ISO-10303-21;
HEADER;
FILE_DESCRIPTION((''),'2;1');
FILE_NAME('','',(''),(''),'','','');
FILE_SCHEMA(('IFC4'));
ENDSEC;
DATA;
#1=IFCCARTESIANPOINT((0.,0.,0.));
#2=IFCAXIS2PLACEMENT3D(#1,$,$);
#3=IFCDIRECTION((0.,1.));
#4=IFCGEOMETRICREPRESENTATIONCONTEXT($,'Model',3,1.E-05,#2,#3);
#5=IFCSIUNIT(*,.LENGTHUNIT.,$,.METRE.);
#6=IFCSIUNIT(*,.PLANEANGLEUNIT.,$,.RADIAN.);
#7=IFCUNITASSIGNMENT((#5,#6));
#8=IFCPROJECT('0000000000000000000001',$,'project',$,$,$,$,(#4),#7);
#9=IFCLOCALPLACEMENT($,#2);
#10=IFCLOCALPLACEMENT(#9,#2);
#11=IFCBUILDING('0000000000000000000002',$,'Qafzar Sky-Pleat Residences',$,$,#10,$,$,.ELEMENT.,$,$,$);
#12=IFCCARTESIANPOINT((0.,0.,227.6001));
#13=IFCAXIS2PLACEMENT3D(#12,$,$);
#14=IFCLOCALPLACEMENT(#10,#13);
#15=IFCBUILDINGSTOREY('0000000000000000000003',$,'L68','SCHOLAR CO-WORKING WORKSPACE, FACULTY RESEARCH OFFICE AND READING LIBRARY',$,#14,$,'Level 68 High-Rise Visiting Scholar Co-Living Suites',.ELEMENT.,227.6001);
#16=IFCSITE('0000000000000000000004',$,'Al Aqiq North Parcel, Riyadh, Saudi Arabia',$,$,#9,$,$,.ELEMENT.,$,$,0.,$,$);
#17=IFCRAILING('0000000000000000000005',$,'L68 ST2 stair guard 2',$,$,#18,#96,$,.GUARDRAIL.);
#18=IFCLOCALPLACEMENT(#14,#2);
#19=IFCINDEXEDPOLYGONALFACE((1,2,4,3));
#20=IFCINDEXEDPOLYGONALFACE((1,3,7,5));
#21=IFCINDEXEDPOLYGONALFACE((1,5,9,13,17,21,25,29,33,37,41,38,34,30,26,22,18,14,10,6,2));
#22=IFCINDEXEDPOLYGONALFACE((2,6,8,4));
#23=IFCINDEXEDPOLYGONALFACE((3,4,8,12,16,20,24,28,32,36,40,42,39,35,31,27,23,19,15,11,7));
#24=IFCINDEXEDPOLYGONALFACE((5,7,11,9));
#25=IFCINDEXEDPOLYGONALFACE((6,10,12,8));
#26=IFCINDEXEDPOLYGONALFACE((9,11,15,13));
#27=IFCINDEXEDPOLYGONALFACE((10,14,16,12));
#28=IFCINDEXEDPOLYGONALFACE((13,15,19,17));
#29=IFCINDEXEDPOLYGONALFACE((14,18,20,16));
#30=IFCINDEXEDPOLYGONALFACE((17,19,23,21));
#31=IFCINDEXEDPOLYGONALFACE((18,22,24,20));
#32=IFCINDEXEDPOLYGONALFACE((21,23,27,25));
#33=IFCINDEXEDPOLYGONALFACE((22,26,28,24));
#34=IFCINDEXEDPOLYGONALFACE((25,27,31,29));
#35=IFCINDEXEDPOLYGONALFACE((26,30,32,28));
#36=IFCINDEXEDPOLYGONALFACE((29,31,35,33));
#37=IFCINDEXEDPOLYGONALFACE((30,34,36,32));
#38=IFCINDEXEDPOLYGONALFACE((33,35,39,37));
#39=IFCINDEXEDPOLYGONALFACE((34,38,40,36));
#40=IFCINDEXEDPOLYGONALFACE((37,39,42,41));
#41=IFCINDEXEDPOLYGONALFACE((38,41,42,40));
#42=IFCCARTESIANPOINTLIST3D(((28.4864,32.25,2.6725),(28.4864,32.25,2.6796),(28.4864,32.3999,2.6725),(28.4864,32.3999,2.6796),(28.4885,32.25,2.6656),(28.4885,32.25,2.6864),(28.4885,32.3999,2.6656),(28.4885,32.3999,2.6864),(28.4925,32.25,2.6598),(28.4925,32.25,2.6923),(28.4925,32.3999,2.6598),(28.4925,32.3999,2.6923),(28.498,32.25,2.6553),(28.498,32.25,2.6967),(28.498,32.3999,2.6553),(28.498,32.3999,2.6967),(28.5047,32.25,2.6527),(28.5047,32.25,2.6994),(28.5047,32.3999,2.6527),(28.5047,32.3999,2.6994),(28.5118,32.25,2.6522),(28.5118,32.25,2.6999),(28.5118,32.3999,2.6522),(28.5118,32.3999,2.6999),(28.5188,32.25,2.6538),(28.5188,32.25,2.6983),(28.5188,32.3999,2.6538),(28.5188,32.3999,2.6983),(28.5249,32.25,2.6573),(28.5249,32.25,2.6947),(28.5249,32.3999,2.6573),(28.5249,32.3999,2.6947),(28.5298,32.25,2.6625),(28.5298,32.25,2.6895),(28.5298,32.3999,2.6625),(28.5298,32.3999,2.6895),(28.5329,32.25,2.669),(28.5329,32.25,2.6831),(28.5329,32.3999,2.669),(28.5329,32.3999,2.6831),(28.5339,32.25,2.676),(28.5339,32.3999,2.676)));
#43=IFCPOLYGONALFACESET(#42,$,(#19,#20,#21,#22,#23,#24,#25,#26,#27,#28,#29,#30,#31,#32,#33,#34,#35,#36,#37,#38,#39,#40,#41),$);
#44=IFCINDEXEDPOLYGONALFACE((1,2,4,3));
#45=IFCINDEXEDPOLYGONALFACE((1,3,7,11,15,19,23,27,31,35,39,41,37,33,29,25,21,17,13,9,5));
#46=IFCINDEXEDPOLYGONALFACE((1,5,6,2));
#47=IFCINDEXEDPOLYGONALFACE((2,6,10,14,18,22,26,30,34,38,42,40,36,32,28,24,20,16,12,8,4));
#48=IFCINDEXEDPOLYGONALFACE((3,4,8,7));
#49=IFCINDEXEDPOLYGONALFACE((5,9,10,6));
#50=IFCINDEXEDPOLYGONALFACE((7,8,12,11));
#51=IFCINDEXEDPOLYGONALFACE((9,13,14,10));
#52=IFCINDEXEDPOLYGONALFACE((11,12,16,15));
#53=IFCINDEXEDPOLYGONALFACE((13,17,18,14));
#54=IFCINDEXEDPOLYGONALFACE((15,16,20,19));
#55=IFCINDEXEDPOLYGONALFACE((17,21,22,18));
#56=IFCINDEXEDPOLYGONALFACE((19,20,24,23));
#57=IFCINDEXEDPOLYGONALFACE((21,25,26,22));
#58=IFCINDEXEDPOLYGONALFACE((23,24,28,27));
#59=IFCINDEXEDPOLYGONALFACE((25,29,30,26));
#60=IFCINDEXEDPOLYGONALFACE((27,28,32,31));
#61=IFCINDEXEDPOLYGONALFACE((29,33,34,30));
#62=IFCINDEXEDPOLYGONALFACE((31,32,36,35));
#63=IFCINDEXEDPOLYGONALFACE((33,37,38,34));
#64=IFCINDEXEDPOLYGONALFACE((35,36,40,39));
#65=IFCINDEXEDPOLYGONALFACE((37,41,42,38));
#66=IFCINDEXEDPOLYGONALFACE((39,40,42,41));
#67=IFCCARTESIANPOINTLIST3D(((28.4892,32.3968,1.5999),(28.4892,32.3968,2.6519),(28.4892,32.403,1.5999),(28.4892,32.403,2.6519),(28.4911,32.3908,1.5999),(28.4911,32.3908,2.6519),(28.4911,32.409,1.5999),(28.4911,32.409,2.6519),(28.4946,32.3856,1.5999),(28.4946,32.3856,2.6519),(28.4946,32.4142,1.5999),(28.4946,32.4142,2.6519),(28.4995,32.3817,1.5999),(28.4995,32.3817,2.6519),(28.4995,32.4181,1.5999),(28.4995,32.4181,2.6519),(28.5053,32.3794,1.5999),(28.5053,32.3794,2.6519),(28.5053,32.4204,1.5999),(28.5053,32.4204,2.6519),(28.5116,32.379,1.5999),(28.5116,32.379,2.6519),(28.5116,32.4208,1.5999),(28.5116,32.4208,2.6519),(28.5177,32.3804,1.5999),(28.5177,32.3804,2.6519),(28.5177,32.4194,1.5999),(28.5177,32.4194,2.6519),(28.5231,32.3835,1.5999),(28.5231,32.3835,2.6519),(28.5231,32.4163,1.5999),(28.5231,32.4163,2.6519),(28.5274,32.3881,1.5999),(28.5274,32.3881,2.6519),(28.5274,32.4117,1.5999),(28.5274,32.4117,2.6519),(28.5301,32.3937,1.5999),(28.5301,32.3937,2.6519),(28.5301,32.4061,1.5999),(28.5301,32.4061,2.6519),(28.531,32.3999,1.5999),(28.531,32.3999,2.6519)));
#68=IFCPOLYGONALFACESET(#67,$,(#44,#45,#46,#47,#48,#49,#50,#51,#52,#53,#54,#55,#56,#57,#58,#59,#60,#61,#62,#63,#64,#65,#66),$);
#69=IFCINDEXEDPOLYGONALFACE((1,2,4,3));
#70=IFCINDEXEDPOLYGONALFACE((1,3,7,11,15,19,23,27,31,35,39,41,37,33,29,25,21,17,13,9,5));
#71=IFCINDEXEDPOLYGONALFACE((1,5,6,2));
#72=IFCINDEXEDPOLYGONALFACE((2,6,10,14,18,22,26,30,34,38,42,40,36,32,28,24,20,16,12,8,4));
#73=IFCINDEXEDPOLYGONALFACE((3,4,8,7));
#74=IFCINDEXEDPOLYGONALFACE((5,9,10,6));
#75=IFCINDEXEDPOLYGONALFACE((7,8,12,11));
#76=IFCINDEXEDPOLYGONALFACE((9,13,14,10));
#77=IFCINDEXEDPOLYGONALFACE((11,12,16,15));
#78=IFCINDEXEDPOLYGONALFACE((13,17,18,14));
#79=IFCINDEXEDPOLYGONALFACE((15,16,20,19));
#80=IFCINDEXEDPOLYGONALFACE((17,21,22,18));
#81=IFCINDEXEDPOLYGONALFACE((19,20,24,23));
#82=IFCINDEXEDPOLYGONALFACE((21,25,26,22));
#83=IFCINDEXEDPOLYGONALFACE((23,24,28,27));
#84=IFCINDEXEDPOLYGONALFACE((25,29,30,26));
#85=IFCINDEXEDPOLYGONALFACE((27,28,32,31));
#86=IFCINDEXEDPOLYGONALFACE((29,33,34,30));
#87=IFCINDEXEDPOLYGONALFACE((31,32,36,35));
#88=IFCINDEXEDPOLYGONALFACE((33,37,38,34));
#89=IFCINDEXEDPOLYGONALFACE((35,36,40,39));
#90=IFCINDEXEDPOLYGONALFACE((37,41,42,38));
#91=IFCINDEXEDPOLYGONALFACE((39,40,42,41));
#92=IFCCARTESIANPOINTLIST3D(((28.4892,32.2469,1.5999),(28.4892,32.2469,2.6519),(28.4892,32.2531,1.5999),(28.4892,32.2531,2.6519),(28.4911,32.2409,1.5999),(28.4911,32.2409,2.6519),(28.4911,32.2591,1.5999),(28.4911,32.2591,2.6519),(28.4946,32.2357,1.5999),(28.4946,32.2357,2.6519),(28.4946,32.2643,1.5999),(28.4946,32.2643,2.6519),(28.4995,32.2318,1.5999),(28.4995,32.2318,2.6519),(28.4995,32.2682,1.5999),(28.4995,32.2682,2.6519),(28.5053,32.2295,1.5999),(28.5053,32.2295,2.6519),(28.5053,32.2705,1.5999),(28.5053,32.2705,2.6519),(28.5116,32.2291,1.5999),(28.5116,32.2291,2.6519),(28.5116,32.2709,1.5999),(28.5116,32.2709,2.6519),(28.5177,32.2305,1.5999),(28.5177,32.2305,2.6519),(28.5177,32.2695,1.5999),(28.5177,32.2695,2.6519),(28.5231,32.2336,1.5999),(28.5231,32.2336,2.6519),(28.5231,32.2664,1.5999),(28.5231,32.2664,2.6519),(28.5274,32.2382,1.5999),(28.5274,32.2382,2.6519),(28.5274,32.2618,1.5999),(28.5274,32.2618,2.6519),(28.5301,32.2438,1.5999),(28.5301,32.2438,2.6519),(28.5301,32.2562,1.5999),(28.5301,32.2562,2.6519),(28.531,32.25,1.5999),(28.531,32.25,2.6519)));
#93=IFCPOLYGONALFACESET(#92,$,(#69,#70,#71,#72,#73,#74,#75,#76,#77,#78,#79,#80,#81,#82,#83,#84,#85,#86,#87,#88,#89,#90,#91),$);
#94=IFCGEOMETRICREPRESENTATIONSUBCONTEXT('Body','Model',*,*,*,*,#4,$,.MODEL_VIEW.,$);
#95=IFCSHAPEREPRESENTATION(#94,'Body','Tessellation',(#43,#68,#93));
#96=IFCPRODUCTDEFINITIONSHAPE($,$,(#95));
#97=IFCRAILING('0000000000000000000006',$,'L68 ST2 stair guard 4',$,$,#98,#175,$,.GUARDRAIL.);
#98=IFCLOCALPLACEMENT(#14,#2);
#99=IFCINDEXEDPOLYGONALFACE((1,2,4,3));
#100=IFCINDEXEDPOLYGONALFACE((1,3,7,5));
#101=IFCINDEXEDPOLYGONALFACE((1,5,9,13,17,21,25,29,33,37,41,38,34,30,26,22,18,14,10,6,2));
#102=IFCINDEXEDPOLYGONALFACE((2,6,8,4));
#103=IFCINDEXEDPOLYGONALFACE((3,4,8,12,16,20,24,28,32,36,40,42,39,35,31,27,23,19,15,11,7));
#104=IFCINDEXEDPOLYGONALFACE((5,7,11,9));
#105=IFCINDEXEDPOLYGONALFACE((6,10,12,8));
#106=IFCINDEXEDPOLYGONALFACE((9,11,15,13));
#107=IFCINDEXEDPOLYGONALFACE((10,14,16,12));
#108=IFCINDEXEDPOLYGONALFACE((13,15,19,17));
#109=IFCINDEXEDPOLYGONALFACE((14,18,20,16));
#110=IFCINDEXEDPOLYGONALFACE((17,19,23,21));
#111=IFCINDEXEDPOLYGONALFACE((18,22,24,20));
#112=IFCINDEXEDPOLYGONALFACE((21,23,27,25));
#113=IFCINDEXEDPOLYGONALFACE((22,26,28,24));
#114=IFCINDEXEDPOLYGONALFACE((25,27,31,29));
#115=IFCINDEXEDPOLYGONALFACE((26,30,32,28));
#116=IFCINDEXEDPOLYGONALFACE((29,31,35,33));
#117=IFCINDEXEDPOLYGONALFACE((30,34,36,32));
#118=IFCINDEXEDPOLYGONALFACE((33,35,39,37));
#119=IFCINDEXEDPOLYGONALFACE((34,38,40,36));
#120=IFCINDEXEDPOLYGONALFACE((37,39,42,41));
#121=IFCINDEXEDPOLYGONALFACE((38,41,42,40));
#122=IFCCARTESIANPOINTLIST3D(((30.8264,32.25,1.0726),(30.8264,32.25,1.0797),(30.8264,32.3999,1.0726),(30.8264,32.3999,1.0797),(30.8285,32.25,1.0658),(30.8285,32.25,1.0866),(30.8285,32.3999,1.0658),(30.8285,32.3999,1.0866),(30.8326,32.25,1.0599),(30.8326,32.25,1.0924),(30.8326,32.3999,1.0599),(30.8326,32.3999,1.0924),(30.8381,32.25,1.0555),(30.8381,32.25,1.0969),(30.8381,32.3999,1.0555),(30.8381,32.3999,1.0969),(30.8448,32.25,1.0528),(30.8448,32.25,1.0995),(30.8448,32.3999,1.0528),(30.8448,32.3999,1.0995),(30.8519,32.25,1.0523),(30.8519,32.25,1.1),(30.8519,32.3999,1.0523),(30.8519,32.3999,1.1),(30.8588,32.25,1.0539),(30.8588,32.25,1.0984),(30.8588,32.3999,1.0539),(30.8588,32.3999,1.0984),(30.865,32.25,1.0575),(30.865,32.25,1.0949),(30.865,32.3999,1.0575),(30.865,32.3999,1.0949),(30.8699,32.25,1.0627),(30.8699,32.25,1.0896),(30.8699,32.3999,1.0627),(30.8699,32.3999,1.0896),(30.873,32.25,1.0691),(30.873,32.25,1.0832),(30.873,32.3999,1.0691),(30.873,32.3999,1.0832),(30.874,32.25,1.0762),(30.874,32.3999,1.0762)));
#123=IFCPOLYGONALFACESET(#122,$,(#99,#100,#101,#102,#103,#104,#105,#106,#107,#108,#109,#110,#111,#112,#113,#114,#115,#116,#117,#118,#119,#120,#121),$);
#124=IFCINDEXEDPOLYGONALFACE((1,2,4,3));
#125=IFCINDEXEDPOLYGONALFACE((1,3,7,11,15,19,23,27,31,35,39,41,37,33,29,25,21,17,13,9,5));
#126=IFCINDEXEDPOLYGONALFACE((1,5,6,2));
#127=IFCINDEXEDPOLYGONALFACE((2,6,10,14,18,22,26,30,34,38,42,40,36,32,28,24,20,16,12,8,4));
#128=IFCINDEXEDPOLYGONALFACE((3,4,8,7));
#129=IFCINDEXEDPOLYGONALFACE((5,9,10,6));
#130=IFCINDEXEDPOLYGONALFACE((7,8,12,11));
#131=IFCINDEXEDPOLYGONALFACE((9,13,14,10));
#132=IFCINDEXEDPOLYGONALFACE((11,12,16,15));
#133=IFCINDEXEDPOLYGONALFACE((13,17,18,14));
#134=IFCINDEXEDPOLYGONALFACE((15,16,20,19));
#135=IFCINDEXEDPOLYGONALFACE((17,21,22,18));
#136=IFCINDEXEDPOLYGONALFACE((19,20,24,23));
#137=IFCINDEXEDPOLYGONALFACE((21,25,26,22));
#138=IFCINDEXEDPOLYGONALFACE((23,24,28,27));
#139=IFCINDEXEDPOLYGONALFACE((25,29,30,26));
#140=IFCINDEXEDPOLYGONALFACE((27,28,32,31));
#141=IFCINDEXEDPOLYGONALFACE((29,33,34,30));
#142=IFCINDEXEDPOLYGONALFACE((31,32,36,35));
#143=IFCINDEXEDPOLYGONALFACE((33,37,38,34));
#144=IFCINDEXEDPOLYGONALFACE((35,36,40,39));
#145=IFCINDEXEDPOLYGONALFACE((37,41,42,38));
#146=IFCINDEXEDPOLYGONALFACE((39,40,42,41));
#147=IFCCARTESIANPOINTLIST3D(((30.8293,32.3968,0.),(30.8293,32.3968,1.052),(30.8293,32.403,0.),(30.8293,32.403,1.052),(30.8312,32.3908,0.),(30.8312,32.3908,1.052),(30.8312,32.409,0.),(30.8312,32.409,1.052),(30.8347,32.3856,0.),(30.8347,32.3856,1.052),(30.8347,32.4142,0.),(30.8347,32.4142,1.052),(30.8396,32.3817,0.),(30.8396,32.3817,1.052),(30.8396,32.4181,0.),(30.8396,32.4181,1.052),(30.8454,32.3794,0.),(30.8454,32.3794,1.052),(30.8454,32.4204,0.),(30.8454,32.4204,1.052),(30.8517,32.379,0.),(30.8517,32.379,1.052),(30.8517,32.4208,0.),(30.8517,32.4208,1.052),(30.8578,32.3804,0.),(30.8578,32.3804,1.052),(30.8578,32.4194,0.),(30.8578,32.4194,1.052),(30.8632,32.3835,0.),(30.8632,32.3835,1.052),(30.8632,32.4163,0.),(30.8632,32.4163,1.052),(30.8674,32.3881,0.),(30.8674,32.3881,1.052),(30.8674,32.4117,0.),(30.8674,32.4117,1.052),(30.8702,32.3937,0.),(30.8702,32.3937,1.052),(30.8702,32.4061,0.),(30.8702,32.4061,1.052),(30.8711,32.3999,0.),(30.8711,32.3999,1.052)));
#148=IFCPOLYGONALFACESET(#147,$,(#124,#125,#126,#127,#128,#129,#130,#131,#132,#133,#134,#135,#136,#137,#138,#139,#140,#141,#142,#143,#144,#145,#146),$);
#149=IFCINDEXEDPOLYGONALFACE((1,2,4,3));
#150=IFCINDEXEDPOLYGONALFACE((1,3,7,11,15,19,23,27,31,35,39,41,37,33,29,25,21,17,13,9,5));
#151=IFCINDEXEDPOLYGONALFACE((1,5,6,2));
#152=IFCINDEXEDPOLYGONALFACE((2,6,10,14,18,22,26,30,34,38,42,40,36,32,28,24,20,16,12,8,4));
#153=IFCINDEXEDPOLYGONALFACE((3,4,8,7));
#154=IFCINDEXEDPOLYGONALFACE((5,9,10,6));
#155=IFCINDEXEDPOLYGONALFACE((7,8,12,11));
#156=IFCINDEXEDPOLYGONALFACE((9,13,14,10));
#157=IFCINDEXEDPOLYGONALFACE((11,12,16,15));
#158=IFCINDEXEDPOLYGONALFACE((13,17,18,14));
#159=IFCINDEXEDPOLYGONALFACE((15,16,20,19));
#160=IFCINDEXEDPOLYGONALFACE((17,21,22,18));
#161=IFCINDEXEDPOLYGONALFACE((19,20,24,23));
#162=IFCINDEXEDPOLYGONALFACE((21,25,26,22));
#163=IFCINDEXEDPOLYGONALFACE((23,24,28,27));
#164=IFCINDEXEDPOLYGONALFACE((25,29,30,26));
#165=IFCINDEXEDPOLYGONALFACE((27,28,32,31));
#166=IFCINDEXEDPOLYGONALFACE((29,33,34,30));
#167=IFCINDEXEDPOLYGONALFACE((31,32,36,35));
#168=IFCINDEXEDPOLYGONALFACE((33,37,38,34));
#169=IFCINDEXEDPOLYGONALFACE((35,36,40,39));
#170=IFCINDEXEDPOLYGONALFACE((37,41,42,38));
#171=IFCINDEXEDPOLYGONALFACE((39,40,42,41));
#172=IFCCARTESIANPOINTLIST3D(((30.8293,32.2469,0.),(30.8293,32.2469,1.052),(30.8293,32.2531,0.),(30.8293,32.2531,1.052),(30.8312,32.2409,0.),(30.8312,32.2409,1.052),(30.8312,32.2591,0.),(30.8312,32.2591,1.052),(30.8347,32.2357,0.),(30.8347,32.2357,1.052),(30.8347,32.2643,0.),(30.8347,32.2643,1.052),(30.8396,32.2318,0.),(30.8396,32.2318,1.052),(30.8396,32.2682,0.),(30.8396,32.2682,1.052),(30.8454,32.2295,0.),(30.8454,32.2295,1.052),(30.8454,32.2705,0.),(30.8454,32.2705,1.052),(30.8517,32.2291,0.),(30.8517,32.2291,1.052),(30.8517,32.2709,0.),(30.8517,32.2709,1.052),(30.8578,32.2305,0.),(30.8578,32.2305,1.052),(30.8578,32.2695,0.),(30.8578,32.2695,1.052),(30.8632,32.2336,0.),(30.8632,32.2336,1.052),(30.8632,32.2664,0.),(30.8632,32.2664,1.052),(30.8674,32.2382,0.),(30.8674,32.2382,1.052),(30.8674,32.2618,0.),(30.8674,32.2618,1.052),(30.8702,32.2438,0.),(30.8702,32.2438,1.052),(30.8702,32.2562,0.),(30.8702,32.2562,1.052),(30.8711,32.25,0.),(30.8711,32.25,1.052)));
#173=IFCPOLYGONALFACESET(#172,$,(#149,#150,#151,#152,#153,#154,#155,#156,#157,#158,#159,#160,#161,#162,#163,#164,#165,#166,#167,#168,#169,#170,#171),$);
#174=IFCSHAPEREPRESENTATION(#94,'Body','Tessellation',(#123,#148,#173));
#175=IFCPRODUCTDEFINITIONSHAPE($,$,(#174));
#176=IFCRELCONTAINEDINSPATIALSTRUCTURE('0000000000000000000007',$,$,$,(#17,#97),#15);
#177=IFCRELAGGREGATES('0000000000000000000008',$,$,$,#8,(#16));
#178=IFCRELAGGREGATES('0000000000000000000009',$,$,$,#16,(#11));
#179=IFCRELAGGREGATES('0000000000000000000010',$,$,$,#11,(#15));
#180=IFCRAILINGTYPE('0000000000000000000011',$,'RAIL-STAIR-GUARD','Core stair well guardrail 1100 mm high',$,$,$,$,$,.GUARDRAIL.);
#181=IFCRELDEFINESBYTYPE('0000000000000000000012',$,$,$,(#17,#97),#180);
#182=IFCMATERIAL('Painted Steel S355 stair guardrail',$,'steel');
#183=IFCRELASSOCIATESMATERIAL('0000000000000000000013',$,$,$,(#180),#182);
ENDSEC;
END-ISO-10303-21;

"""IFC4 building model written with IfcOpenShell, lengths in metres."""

from ifc_helpers import new_model, si_unit, direction, frame, origin, origin_2d, place, context, subcontext, project, spatial, circle, extrude, source, transform, mapped, material, type_object, element, save


model = new_model("IFC4")

# Units and contexts
model_context = context("Model", 3, precision=1e-05, world=origin(), true_north=direction((0.0, 1.0)))
body_context = subcontext(model_context, "Body", "Model", "MODEL_VIEW")
ifc_project = project(units=[si_unit("LENGTHUNIT", "METRE"), si_unit("PLANEANGLEUNIT", "RADIAN")], contexts=[model_context])

# Site, building, storey
site_placement = place(None, origin())
site = spatial("IfcSite", under=ifc_project, at=site_placement, Name="Al Aqiq North Parcel, Riyadh, Saudi Arabia", CompositionType="ELEMENT", RefElevation=0.0)
building_placement = place(site_placement, origin())
building = spatial("IfcBuilding", under=site, at=building_placement, Name="Qafzar Sky-Pleat Residences", CompositionType="ELEMENT")
storey_placement = place(building_placement, frame((0.0, 0.0, 227.6001)))
storey = spatial("IfcBuildingStorey", under=building, at=storey_placement, Name="L68", Description="SCHOLAR CO-WORKING WORKSPACE, FACULTY RESEARCH OFFICE AND READING LIBRARY", LongName="Level 68 High-Rise Visiting Scholar Co-Living Suites", CompositionType="ELEMENT", Elevation=227.6001)

# Railings
ifc_material_1 = material(Name="Painted Steel S355 stair guardrail", Category="steel")
railing_type_1 = type_object("IfcRailingType", Name="RAIL-STAIR-GUARD", Description="Core stair well guardrail 1100 mm high", PredefinedType="GUARDRAIL", material=ifc_material_1)
shared_shape_1 = source(origin(), body_context, "Body", "SweptSolid", [
    extrude(circle(Radius=0.0239, at=origin_2d()), frame((0.0, 0.0, 1.0762), z_axis=(0.0, -1.0, 0.0), x_axis=(1.0, 0.0, 0.0)), (0.0, 0.0, 1.0), 0.1499),
    extrude(circle(Radius=0.021, at=origin_2d()), origin(), (0.0, 0.0, 1.0), 1.052),
    extrude(circle(Radius=0.021, at=origin_2d()), frame((0.0, -0.1499, 0.0)), (0.0, 0.0, 1.0), 1.052),
])
for number, where, name in (
    (1, (28.51, 32.3999, 1.5999), "L68 ST2 stair guard 2"),
    (2, (30.8501, 32.3999, 0.0), "L68 ST2 stair guard 4"),
):
    element("IfcRailing", number, at=place(storey_placement, frame(where)), inside=storey, type_object=railing_type_1, Name=name, PredefinedType="GUARDRAIL", context=body_context, shape_type="MappedRepresentation", body=[
        mapped(shared_shape_1, transform((0.0, 0.0, 0.0), x_axis=(1.0, 0.0, 0.0), y_axis=(0.0, 1.0, 0.0), z_axis=(0.0, 0.0, 1.0), scale=1.0)),
    ])

save(model, "model.ifc")
